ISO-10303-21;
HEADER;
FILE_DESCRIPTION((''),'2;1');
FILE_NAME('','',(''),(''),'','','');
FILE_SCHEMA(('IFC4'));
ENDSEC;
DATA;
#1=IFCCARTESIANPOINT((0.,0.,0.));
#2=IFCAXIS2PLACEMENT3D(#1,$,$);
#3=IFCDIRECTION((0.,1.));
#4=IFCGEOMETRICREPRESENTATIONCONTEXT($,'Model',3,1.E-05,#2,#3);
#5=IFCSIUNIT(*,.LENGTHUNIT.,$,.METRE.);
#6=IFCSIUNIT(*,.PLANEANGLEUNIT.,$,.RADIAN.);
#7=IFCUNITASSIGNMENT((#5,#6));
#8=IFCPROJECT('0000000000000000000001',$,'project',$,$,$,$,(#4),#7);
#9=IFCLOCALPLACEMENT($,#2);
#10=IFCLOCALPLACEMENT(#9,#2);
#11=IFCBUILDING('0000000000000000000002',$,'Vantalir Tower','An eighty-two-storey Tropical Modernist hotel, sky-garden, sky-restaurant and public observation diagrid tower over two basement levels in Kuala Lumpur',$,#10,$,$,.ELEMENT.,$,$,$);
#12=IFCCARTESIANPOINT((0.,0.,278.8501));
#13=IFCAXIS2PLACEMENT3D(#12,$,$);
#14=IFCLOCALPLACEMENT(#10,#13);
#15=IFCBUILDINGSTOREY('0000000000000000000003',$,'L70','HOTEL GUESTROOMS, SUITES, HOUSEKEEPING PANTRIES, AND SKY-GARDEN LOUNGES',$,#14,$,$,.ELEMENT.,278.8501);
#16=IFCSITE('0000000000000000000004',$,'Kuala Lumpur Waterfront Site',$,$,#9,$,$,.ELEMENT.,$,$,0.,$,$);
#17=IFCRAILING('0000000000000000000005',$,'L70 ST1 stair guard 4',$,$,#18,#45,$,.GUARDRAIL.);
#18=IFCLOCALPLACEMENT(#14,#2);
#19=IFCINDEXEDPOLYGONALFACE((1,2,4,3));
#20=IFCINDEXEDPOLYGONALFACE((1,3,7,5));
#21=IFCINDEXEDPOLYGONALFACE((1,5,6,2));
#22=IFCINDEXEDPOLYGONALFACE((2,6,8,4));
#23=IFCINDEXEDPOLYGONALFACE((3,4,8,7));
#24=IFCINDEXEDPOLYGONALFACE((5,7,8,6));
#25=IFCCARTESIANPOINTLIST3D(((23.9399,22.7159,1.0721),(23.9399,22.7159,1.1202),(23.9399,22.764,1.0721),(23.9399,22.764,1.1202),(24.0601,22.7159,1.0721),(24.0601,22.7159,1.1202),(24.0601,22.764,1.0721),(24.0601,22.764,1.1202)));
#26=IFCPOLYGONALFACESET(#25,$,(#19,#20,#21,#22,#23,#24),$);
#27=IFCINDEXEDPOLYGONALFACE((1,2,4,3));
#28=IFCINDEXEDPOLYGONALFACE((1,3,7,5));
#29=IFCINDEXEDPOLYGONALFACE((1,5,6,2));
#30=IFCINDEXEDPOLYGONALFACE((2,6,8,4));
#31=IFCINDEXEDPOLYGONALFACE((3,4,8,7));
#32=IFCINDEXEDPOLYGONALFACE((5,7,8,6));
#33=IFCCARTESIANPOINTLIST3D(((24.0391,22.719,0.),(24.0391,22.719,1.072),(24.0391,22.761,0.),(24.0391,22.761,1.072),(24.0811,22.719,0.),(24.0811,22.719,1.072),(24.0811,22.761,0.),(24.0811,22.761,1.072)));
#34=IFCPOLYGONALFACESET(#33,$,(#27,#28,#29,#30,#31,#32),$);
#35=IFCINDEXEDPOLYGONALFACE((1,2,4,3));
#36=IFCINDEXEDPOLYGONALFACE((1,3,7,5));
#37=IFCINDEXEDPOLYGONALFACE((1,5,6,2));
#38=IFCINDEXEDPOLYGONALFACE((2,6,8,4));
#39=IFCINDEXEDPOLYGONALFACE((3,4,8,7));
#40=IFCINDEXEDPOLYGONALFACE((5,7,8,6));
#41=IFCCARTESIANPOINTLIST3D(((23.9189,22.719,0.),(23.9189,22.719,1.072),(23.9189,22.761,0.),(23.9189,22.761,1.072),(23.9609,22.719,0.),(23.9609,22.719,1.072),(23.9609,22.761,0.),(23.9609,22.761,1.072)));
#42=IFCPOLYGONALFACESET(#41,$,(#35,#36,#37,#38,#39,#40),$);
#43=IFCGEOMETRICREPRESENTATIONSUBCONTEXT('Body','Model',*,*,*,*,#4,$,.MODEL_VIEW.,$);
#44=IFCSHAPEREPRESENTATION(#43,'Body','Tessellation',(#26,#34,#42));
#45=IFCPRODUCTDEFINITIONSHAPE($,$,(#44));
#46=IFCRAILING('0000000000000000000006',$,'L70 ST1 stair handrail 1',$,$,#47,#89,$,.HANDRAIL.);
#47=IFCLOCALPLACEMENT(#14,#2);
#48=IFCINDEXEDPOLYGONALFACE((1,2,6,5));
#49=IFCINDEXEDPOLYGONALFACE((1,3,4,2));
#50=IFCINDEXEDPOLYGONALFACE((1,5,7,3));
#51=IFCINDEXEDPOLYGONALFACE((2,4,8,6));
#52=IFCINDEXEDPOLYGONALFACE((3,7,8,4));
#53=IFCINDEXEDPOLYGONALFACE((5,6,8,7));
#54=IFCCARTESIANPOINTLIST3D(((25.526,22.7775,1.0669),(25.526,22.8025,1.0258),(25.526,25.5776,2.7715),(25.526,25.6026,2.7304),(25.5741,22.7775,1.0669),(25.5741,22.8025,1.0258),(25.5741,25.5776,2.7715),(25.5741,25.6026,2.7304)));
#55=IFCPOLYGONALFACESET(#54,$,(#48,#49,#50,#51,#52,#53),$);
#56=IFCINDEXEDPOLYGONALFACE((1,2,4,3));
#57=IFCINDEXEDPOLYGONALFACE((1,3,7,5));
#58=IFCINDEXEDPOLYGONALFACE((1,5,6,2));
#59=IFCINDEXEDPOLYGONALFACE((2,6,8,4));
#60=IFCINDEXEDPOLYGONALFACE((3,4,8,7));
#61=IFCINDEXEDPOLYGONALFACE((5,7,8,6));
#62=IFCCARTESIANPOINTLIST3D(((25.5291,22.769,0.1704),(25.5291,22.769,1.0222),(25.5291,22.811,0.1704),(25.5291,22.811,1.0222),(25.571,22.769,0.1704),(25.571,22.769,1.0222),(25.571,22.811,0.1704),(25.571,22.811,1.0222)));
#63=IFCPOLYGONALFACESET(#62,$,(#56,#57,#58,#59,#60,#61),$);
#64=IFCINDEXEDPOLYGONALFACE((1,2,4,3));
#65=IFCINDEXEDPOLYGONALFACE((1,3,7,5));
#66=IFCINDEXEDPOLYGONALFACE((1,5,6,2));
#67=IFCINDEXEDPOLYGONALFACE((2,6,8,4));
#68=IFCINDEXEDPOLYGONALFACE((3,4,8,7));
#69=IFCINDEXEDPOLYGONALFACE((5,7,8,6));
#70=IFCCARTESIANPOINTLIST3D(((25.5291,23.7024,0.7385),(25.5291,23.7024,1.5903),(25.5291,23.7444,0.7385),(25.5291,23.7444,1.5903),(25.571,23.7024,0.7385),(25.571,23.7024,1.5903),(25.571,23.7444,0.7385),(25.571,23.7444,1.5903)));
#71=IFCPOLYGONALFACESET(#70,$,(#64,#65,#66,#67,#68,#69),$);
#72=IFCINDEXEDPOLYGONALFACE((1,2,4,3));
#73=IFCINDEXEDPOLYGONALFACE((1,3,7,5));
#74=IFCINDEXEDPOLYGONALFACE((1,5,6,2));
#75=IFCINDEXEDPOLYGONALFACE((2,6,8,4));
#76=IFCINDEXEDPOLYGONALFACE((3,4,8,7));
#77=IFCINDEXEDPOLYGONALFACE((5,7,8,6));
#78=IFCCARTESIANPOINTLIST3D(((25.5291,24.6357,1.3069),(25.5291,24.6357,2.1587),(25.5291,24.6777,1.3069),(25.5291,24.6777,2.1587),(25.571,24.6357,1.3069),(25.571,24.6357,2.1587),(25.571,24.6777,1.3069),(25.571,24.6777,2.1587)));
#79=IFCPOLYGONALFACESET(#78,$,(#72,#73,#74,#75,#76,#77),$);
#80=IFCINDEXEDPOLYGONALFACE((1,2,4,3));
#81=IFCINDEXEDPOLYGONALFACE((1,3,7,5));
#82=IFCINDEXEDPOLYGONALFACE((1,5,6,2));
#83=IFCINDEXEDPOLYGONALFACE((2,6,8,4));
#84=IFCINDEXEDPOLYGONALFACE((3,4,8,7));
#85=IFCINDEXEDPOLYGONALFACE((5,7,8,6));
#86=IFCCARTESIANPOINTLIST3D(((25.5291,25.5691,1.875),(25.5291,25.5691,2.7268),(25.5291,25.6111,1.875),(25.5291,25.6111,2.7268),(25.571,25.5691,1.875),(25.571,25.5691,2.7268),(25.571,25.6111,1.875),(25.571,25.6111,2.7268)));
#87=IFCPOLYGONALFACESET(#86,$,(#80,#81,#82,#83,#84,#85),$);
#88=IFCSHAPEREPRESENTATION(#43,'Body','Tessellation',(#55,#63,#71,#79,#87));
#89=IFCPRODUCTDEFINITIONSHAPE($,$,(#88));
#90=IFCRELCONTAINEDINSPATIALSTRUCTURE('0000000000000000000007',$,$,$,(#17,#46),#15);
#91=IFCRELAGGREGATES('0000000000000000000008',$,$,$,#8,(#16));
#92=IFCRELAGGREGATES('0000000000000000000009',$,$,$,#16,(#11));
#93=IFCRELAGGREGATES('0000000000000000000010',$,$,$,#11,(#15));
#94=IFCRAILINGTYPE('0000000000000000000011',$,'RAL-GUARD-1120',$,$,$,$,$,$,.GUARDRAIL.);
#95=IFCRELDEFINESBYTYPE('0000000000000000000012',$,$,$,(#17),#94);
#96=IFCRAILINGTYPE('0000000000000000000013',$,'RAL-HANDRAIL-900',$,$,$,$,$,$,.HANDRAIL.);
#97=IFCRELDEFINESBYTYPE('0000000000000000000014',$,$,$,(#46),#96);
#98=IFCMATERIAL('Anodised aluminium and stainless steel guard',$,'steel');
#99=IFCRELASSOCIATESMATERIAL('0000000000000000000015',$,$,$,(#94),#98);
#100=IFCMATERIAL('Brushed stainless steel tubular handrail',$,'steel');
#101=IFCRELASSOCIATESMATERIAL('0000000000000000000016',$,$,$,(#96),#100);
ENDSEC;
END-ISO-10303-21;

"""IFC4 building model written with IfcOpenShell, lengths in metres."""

from ifc_helpers import new_model, si_unit, direction, frame, origin, origin_2d, place, context, subcontext, project, spatial, rectangle, extrude, material, type_object, element, save


model = new_model("IFC4")

# Units and contexts
model_context = context("Model", 3, precision=1e-05, world=origin(), true_north=direction((0.0, 1.0)))
body_context = subcontext(model_context, "Body", "Model", "MODEL_VIEW")
ifc_project = project(units=[si_unit("LENGTHUNIT", "METRE"), si_unit("PLANEANGLEUNIT", "RADIAN")], contexts=[model_context])

# Site, building, storey
site_placement = place(None, origin())
site = spatial("IfcSite", under=ifc_project, at=site_placement, Name="Kuala Lumpur Waterfront Site", CompositionType="ELEMENT", RefElevation=0.0)
building_placement = place(site_placement, origin())
building = spatial("IfcBuilding", under=site, at=building_placement, Name="Vantalir Tower", Description="An eighty-two-storey Tropical Modernist hotel, sky-garden, sky-restaurant and public observation diagrid tower over two basement levels in Kuala Lumpur", CompositionType="ELEMENT")
storey_placement = place(building_placement, frame((0.0, 0.0, 278.8501)))
storey = spatial("IfcBuildingStorey", under=building, at=storey_placement, Name="L70", Description="HOTEL GUESTROOMS, SUITES, HOUSEKEEPING PANTRIES, AND SKY-GARDEN LOUNGES", CompositionType="ELEMENT", Elevation=278.8501)

# Railings
ifc_material_1 = material(Name="Anodised aluminium and stainless steel guard", Category="steel")
railing_type_1 = type_object("IfcRailingType", Name="RAL-GUARD-1120", PredefinedType="GUARDRAIL", material=ifc_material_1)
railing_1_placement = place(storey_placement, frame((24.0601, 22.74, 0.0)))
element("IfcRailing", 1, at=railing_1_placement, inside=storey, type_object=railing_type_1, Name="L70 ST1 stair guard 4", PredefinedType="GUARDRAIL", context=body_context, shape_type="SweptSolid", body=[
    extrude(rectangle(XDim=0.0481, YDim=0.0481, at=origin_2d()), frame((0.0, 0.0, 1.0962), z_axis=(-1.0, 0.0, 0.0), x_axis=(0.0, -1.0, 0.0)), (0.0, 0.0, 1.0), 0.1201),
    extrude(rectangle(XDim=0.042, YDim=0.042, at=origin_2d()), origin(), (0.0, 0.0, 1.0), 1.072),
    extrude(rectangle(XDim=0.042, YDim=0.042, at=origin_2d()), frame((-0.1201, 0.0, 0.0)), (0.0, 0.0, 1.0), 1.072),
])
ifc_material_2 = material(Name="Brushed stainless steel tubular handrail", Category="steel")
railing_type_2 = type_object("IfcRailingType", Name="RAL-HANDRAIL-900", PredefinedType="HANDRAIL", material=ifc_material_2)
railing_2_placement = place(storey_placement, frame((25.55, 22.79, 0.1704)))
element("IfcRailing", 2, at=railing_2_placement, inside=storey, type_object=railing_type_2, Name="L70 ST1 stair handrail 1", PredefinedType="HANDRAIL", context=body_context, shape_type="SweptSolid", body=[
    extrude(rectangle(XDim=0.0481, YDim=0.0481, at=origin_2d()), frame((0.0, 0.0, 0.876), z_axis=(0.0, 0.85417, 0.519994), x_axis=(-1.0, 0.0, 0.0)), (0.0, 0.0, 1.0), 3.2781),
    extrude(rectangle(XDim=0.042, YDim=0.042, at=origin_2d()), origin(), (0.0, 0.0, 1.0), 0.8518),
    extrude(rectangle(XDim=0.042, YDim=0.042, at=origin_2d()), frame((0.0, 0.9333, 0.5681)), (0.0, 0.0, 1.0), 0.8518),
    extrude(rectangle(XDim=0.042, YDim=0.042, at=origin_2d()), frame((0.0, 1.8667, 1.1365)), (0.0, 0.0, 1.0), 0.8518),
    extrude(rectangle(XDim=0.042, YDim=0.042, at=origin_2d()), frame((0.0, 2.8, 1.7046)), (0.0, 0.0, 1.0), 0.8518),
])

save(model, "model.ifc")
